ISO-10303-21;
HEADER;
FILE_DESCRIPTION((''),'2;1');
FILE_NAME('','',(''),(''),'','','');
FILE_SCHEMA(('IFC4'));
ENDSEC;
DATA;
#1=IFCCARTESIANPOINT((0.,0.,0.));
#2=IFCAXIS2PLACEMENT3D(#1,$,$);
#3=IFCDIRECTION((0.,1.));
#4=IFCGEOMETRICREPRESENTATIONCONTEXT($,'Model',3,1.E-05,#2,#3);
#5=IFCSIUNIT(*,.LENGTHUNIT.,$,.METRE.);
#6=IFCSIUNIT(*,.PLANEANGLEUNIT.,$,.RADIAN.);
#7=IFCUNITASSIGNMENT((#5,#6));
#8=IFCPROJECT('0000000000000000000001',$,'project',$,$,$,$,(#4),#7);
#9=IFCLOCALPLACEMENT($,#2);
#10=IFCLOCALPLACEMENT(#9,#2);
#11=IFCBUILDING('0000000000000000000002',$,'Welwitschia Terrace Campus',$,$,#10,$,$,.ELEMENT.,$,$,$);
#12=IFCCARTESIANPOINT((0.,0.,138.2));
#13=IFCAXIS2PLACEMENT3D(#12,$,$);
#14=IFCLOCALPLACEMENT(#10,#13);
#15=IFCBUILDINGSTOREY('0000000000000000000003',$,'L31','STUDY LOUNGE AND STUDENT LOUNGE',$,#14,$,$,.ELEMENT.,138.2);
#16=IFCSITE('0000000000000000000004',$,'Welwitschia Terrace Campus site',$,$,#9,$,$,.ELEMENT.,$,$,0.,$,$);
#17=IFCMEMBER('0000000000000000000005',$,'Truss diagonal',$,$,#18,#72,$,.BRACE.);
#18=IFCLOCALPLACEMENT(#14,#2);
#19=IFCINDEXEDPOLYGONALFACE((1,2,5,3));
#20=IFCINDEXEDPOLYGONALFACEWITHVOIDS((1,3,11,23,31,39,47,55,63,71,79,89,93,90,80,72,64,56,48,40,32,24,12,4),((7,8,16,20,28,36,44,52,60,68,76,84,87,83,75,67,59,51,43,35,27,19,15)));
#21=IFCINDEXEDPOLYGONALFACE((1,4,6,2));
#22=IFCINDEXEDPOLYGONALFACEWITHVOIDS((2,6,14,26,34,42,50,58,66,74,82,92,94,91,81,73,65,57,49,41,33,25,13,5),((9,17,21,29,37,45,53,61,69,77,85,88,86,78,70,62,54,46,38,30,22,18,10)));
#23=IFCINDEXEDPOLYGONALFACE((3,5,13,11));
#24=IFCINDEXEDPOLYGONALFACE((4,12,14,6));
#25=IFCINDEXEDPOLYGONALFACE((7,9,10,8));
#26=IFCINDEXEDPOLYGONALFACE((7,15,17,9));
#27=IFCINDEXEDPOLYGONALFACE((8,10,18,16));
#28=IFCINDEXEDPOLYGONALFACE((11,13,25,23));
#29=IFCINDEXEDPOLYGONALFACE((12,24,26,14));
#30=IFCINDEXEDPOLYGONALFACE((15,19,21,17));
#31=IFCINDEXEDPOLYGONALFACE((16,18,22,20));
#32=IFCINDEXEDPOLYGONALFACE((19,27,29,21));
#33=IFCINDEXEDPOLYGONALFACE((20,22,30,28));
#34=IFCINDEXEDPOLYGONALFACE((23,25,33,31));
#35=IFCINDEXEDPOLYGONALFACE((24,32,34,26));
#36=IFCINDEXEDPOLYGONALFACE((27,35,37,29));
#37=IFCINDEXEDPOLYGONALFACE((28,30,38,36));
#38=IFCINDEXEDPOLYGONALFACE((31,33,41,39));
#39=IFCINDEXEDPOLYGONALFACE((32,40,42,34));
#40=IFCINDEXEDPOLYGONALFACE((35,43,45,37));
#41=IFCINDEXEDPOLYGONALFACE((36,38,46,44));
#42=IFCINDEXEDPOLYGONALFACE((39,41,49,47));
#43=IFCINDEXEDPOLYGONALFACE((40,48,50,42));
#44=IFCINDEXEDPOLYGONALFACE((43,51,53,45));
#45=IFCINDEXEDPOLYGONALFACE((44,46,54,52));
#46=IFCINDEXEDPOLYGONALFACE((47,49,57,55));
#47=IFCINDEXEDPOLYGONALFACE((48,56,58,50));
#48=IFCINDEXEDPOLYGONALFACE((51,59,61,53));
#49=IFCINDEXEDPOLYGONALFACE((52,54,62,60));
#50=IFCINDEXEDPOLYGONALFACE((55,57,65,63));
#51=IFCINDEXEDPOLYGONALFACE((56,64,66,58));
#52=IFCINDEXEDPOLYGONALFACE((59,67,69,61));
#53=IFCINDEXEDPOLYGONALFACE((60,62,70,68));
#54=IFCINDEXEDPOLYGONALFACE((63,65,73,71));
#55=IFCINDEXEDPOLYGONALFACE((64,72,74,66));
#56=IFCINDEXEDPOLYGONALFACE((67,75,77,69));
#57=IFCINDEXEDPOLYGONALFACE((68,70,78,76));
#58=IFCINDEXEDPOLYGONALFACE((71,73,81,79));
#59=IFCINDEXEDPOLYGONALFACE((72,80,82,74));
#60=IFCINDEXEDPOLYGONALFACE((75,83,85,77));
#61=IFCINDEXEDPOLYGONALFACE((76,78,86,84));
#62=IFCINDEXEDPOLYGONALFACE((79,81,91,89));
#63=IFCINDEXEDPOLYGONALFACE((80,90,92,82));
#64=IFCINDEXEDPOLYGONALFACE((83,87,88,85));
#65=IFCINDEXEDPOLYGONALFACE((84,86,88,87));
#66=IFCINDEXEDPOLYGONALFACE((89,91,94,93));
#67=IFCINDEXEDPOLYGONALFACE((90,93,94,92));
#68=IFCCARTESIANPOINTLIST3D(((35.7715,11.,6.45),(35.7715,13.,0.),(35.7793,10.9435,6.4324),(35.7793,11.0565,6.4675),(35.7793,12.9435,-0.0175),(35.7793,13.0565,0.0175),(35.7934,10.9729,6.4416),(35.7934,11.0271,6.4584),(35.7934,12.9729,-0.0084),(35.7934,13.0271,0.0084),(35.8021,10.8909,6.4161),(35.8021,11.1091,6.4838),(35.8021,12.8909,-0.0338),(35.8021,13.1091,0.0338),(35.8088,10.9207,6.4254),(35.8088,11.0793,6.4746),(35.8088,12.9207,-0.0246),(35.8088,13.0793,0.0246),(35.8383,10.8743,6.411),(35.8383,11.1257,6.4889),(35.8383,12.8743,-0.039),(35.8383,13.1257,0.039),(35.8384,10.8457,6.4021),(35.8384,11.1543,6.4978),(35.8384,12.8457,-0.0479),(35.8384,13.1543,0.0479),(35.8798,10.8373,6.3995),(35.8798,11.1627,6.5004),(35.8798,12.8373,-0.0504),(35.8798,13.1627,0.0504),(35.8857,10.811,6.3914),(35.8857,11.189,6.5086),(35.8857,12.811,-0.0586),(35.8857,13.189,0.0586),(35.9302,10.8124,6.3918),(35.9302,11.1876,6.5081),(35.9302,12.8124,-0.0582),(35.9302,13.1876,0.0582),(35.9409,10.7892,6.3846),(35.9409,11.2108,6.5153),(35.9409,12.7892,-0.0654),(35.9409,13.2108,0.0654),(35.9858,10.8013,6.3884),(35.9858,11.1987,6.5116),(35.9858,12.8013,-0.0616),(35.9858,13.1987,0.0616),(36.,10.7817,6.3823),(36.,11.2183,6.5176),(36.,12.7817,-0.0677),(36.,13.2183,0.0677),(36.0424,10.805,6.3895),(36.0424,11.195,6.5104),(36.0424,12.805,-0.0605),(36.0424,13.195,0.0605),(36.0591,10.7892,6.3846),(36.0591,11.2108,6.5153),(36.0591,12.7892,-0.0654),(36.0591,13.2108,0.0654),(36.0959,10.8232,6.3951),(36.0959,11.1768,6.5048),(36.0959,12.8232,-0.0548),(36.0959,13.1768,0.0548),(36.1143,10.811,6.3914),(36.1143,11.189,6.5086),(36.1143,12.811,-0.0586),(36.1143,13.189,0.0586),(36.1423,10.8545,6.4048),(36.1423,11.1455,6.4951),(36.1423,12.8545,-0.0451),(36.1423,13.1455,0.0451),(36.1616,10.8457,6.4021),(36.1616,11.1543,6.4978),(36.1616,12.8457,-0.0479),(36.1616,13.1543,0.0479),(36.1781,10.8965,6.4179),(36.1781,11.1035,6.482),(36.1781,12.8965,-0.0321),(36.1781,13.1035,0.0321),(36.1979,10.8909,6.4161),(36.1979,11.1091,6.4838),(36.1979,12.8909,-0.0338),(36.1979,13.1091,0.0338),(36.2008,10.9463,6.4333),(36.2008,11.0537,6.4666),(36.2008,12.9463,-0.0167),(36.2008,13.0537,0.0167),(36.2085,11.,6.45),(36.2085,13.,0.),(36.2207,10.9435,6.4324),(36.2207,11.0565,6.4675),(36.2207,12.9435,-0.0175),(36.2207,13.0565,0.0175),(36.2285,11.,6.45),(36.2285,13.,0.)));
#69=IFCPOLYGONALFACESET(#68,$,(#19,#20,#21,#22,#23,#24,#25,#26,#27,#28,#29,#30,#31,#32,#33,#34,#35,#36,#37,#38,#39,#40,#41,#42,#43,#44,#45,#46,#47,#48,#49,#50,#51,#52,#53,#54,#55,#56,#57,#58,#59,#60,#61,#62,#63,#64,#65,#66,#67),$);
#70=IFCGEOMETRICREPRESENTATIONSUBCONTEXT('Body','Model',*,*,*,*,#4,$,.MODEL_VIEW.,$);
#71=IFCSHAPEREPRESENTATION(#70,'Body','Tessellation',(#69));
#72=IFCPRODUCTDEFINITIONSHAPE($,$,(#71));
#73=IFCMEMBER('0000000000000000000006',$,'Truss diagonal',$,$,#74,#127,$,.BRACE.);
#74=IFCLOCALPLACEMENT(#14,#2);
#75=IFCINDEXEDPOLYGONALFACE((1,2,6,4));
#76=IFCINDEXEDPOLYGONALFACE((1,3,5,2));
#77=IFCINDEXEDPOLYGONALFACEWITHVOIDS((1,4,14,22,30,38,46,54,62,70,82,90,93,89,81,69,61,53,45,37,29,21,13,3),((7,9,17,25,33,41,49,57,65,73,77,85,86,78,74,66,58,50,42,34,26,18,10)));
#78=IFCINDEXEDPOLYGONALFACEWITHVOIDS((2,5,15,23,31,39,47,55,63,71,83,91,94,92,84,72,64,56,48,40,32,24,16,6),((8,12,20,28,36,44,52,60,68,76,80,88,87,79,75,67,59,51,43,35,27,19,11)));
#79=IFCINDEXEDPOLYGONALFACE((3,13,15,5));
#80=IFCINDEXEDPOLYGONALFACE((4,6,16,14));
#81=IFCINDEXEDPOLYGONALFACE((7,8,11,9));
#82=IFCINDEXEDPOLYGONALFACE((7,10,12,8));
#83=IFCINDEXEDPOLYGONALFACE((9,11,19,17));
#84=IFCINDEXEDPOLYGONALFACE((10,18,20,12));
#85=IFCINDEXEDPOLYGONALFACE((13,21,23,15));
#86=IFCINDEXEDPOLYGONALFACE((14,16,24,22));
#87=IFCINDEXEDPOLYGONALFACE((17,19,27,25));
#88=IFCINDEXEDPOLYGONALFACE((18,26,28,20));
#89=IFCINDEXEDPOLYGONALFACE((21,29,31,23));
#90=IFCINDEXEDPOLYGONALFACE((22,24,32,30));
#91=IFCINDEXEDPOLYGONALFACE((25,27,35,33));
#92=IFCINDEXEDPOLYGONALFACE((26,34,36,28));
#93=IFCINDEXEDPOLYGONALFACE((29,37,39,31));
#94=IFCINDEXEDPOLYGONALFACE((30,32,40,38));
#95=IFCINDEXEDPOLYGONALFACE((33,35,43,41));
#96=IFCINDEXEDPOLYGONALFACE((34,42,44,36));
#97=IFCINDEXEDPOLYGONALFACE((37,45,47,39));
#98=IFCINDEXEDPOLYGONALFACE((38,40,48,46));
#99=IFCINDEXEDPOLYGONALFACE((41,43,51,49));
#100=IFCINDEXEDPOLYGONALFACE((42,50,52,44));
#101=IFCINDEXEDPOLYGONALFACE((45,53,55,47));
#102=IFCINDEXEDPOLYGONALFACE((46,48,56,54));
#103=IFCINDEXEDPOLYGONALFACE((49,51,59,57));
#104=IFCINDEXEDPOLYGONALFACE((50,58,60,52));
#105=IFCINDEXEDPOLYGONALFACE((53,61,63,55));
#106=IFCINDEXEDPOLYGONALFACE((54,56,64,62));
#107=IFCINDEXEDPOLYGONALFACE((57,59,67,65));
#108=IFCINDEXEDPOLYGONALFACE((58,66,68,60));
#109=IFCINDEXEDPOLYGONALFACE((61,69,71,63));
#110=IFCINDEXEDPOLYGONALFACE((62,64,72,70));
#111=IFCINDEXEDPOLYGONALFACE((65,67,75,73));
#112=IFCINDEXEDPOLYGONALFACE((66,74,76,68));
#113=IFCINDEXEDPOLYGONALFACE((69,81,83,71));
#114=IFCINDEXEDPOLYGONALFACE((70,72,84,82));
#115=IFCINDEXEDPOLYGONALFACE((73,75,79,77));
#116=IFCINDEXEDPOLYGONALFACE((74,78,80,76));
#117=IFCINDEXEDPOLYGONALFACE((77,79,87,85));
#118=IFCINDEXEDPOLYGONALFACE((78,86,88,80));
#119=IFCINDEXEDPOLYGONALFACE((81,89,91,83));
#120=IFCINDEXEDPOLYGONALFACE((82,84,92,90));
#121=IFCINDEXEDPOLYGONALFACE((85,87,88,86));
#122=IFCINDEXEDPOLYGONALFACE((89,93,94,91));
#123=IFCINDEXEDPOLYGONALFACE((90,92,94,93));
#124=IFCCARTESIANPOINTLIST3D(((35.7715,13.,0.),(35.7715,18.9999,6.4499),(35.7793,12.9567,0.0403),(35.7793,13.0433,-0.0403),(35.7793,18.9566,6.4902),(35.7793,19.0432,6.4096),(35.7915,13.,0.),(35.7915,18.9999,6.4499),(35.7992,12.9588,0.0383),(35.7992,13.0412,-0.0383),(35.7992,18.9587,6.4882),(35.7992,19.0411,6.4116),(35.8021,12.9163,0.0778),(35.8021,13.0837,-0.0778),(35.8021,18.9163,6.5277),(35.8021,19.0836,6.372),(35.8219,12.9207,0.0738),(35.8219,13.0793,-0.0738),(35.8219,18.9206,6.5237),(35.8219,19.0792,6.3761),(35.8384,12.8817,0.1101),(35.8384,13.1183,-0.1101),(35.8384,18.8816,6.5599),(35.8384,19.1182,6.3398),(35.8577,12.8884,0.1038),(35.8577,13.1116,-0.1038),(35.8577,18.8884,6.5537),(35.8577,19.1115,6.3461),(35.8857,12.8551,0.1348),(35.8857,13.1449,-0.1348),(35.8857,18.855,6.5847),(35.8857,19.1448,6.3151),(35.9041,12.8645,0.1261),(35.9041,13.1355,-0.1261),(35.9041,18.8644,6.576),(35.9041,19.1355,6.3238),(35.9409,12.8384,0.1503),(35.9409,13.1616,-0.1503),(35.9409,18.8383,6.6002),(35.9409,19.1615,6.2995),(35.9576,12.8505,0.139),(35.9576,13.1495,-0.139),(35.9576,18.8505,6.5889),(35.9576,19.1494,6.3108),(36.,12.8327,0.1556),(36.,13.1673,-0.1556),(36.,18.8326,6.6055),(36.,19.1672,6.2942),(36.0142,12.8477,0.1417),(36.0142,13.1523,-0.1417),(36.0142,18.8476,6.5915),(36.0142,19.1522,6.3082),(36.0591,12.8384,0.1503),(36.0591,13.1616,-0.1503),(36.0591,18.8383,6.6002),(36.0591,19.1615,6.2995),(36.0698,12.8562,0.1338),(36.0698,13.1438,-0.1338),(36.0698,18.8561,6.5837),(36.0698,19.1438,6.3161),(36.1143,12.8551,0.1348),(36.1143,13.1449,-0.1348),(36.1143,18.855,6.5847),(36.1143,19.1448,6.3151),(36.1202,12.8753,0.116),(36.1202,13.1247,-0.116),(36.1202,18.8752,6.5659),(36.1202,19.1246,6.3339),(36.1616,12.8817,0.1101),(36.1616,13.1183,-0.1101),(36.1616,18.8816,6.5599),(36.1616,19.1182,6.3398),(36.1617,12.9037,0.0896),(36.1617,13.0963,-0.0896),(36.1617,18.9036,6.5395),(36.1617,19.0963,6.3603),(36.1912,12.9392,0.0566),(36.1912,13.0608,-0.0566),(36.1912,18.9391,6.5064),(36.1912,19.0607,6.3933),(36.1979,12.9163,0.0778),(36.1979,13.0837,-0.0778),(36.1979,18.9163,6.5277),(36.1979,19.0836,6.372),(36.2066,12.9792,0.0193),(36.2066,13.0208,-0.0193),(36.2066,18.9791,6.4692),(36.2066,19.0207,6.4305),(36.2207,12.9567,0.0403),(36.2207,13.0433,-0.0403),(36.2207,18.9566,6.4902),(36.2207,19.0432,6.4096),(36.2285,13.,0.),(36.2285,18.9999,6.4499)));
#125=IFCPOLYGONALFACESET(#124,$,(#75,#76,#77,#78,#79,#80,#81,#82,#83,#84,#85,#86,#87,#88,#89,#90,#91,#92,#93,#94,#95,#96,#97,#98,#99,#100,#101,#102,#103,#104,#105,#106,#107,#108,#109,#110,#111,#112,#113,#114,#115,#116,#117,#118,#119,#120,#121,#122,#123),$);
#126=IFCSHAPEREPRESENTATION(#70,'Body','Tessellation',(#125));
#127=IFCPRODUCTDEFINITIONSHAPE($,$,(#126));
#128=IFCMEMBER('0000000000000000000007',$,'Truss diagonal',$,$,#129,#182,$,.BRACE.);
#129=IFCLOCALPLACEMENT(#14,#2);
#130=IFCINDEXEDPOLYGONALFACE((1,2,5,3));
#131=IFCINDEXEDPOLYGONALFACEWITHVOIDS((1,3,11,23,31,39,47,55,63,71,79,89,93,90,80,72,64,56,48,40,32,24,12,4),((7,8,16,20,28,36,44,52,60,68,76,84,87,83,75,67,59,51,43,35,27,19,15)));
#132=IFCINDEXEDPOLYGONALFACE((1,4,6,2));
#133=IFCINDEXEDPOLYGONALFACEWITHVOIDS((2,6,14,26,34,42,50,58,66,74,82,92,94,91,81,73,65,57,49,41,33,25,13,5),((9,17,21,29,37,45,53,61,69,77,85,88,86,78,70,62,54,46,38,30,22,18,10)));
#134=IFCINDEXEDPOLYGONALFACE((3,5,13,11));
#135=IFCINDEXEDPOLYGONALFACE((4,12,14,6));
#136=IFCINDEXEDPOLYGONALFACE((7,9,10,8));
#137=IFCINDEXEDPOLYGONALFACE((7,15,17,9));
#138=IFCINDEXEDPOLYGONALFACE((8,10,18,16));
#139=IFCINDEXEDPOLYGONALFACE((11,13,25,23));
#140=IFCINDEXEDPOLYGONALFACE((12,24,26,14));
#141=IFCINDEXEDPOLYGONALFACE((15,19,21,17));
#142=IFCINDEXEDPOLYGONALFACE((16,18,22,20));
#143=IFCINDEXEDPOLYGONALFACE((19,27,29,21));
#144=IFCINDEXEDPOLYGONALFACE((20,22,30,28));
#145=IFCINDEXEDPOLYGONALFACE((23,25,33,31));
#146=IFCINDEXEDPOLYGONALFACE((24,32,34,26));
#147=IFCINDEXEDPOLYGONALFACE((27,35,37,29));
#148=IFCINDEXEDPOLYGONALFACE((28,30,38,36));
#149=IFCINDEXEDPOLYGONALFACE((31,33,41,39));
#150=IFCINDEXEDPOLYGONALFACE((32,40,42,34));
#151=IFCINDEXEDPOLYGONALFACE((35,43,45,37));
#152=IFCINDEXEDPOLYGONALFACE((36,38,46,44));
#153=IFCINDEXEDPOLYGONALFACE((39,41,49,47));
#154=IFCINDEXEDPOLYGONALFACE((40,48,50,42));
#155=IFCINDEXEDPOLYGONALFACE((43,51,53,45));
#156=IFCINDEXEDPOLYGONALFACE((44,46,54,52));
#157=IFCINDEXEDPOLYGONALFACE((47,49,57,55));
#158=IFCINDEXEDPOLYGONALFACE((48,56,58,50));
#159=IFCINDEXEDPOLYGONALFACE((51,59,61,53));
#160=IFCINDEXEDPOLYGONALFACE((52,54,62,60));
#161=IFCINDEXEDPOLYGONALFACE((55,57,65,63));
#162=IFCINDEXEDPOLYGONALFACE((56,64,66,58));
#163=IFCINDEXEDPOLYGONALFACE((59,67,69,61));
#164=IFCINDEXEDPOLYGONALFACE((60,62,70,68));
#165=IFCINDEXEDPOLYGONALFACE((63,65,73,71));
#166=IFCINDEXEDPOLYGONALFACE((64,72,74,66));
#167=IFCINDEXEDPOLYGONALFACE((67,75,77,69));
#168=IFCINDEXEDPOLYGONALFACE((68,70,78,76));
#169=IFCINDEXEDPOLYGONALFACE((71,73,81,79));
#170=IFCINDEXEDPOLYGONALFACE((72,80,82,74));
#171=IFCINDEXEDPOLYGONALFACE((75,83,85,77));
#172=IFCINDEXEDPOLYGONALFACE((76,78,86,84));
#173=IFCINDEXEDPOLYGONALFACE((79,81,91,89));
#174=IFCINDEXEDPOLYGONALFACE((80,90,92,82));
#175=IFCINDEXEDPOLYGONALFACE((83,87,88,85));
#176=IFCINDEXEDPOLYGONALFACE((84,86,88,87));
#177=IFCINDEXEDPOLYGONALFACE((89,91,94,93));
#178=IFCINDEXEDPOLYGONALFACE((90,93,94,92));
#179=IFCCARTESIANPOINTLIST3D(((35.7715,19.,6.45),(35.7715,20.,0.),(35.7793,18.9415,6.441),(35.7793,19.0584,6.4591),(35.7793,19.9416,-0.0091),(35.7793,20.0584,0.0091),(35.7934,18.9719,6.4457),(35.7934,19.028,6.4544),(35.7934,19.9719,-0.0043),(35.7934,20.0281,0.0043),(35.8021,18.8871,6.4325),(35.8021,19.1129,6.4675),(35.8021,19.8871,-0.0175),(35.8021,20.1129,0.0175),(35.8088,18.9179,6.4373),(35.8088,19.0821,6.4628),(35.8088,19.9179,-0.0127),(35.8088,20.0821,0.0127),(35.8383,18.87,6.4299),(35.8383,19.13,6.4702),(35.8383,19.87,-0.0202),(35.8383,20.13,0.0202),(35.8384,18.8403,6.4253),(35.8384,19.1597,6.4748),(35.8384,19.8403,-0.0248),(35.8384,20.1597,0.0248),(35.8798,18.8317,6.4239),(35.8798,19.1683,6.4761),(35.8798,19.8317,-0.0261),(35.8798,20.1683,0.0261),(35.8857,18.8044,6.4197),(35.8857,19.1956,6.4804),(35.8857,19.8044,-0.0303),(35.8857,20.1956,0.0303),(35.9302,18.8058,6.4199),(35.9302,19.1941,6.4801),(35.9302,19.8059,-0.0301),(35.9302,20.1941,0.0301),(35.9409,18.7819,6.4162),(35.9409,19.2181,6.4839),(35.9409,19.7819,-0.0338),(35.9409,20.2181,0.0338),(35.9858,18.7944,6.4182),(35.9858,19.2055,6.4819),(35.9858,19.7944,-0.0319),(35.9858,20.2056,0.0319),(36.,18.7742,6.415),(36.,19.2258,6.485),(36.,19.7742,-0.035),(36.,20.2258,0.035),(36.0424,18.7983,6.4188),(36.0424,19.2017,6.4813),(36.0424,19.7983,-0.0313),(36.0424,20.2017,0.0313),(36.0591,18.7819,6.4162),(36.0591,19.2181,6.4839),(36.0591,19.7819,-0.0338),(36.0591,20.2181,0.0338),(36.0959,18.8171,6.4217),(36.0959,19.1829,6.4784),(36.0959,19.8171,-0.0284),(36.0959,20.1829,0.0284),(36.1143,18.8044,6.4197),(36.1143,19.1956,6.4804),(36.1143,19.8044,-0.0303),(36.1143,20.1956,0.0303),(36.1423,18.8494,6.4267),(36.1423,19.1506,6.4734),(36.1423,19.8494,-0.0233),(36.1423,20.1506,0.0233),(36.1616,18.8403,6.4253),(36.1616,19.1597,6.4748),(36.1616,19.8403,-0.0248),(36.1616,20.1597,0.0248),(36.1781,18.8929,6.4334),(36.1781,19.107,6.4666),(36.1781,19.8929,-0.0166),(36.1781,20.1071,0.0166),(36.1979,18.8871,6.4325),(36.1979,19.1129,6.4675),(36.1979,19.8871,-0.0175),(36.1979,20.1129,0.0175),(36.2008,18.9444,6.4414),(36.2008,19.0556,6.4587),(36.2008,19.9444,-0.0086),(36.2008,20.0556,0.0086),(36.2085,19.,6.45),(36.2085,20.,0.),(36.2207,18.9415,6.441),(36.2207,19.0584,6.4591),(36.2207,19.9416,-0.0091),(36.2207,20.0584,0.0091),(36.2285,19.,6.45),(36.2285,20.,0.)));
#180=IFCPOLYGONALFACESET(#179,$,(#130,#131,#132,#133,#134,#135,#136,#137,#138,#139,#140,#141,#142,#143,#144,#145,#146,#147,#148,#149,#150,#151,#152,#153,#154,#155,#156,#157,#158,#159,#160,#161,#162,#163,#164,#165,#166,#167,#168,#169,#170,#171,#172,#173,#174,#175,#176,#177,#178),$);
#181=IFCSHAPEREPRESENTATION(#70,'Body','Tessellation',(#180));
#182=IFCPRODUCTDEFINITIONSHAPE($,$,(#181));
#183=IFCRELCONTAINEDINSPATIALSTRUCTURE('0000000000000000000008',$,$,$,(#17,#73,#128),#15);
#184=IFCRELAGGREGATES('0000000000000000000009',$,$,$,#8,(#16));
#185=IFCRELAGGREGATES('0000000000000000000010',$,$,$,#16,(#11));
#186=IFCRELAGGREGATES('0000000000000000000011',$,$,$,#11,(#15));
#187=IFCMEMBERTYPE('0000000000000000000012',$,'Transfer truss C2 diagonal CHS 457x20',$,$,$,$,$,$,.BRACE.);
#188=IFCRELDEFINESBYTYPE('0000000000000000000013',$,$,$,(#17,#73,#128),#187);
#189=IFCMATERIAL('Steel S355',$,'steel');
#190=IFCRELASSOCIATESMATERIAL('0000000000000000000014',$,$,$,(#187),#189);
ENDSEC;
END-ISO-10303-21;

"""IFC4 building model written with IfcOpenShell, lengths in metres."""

from ifc_helpers import new_model, si_unit, direction, frame, origin, origin_2d, place, context, subcontext, project, spatial, hollow_circle, extrude, material, material_profile, profile_set, type_object, element, save


model = new_model("IFC4")

# Units and contexts
model_context = context("Model", 3, precision=1e-05, world=origin(), true_north=direction((0.0, 1.0)))
body_context = subcontext(model_context, "Body", "Model", "MODEL_VIEW")
ifc_project = project(units=[si_unit("LENGTHUNIT", "METRE"), si_unit("PLANEANGLEUNIT", "RADIAN")], contexts=[model_context])

# Site, building, storey
site_placement = place(None, origin())
site = spatial("IfcSite", under=ifc_project, at=site_placement, Name="Welwitschia Terrace Campus site", CompositionType="ELEMENT", RefElevation=0.0)
building_placement = place(site_placement, origin())
building = spatial("IfcBuilding", under=site, at=building_placement, Name="Welwitschia Terrace Campus", CompositionType="ELEMENT")
storey_placement = place(building_placement, frame((0.0, 0.0, 138.2)))
storey = spatial("IfcBuildingStorey", under=building, at=storey_placement, Name="L31", Description="STUDY LOUNGE AND STUDENT LOUNGE", CompositionType="ELEMENT", Elevation=138.2)

# Members
ifc_material_1 = material(Name="Steel S355", Category="steel")
ifc_material_profile_1 = material_profile(ifc_material_1, hollow_circle(Radius=0.2285, WallThickness=0.02, at=origin_2d()))
ifc_profile_set_1 = profile_set([ifc_material_profile_1], Name="Steel S355")
member_type_1 = type_object("IfcMemberType", Name="Transfer truss C2 diagonal CHS 457x20", PredefinedType="BRACE", material=ifc_profile_set_1)
member_1_placement = place(storey_placement, frame((36.0, 13.0, 0.0), z_axis=(0.0, -0.296168, 0.955136), x_axis=(1.0, 0.0, 0.0)))
element("IfcMember", 1, at=member_1_placement, inside=storey, type_object=member_type_1, Name="Truss diagonal", PredefinedType="BRACE", context=body_context, shape_type="SweptSolid", body=[
    extrude(hollow_circle(Radius=0.2285, WallThickness=0.02, at=origin_2d()), origin(), (0.0, 0.0, 1.0), 6.7529),
])
member_2_placement = place(storey_placement, frame((36.0, 13.0, 0.0), z_axis=(0.0, 0.681107, 0.732184), x_axis=(-1.0, 0.0, 0.0)))
element("IfcMember", 2, at=member_2_placement, inside=storey, type_object=member_type_1, Name="Truss diagonal", PredefinedType="BRACE", context=body_context, shape_type="SweptSolid", body=[
    extrude(hollow_circle(Radius=0.2285, WallThickness=0.02, at=origin_2d()), origin(), (0.0, 0.0, 1.0), 8.8091),
])
member_3_placement = place(storey_placement, frame((36.0, 20.0, 0.0), z_axis=(0.0, -0.153209, 0.988194), x_axis=(1.0, 0.0, 0.0)))
element("IfcMember", 3, at=member_3_placement, inside=storey, type_object=member_type_1, Name="Truss diagonal", PredefinedType="BRACE", context=body_context, shape_type="SweptSolid", body=[
    extrude(hollow_circle(Radius=0.2285, WallThickness=0.02, at=origin_2d()), origin(), (0.0, 0.0, 1.0), 6.5271),
])

save(model, "model.ifc")
